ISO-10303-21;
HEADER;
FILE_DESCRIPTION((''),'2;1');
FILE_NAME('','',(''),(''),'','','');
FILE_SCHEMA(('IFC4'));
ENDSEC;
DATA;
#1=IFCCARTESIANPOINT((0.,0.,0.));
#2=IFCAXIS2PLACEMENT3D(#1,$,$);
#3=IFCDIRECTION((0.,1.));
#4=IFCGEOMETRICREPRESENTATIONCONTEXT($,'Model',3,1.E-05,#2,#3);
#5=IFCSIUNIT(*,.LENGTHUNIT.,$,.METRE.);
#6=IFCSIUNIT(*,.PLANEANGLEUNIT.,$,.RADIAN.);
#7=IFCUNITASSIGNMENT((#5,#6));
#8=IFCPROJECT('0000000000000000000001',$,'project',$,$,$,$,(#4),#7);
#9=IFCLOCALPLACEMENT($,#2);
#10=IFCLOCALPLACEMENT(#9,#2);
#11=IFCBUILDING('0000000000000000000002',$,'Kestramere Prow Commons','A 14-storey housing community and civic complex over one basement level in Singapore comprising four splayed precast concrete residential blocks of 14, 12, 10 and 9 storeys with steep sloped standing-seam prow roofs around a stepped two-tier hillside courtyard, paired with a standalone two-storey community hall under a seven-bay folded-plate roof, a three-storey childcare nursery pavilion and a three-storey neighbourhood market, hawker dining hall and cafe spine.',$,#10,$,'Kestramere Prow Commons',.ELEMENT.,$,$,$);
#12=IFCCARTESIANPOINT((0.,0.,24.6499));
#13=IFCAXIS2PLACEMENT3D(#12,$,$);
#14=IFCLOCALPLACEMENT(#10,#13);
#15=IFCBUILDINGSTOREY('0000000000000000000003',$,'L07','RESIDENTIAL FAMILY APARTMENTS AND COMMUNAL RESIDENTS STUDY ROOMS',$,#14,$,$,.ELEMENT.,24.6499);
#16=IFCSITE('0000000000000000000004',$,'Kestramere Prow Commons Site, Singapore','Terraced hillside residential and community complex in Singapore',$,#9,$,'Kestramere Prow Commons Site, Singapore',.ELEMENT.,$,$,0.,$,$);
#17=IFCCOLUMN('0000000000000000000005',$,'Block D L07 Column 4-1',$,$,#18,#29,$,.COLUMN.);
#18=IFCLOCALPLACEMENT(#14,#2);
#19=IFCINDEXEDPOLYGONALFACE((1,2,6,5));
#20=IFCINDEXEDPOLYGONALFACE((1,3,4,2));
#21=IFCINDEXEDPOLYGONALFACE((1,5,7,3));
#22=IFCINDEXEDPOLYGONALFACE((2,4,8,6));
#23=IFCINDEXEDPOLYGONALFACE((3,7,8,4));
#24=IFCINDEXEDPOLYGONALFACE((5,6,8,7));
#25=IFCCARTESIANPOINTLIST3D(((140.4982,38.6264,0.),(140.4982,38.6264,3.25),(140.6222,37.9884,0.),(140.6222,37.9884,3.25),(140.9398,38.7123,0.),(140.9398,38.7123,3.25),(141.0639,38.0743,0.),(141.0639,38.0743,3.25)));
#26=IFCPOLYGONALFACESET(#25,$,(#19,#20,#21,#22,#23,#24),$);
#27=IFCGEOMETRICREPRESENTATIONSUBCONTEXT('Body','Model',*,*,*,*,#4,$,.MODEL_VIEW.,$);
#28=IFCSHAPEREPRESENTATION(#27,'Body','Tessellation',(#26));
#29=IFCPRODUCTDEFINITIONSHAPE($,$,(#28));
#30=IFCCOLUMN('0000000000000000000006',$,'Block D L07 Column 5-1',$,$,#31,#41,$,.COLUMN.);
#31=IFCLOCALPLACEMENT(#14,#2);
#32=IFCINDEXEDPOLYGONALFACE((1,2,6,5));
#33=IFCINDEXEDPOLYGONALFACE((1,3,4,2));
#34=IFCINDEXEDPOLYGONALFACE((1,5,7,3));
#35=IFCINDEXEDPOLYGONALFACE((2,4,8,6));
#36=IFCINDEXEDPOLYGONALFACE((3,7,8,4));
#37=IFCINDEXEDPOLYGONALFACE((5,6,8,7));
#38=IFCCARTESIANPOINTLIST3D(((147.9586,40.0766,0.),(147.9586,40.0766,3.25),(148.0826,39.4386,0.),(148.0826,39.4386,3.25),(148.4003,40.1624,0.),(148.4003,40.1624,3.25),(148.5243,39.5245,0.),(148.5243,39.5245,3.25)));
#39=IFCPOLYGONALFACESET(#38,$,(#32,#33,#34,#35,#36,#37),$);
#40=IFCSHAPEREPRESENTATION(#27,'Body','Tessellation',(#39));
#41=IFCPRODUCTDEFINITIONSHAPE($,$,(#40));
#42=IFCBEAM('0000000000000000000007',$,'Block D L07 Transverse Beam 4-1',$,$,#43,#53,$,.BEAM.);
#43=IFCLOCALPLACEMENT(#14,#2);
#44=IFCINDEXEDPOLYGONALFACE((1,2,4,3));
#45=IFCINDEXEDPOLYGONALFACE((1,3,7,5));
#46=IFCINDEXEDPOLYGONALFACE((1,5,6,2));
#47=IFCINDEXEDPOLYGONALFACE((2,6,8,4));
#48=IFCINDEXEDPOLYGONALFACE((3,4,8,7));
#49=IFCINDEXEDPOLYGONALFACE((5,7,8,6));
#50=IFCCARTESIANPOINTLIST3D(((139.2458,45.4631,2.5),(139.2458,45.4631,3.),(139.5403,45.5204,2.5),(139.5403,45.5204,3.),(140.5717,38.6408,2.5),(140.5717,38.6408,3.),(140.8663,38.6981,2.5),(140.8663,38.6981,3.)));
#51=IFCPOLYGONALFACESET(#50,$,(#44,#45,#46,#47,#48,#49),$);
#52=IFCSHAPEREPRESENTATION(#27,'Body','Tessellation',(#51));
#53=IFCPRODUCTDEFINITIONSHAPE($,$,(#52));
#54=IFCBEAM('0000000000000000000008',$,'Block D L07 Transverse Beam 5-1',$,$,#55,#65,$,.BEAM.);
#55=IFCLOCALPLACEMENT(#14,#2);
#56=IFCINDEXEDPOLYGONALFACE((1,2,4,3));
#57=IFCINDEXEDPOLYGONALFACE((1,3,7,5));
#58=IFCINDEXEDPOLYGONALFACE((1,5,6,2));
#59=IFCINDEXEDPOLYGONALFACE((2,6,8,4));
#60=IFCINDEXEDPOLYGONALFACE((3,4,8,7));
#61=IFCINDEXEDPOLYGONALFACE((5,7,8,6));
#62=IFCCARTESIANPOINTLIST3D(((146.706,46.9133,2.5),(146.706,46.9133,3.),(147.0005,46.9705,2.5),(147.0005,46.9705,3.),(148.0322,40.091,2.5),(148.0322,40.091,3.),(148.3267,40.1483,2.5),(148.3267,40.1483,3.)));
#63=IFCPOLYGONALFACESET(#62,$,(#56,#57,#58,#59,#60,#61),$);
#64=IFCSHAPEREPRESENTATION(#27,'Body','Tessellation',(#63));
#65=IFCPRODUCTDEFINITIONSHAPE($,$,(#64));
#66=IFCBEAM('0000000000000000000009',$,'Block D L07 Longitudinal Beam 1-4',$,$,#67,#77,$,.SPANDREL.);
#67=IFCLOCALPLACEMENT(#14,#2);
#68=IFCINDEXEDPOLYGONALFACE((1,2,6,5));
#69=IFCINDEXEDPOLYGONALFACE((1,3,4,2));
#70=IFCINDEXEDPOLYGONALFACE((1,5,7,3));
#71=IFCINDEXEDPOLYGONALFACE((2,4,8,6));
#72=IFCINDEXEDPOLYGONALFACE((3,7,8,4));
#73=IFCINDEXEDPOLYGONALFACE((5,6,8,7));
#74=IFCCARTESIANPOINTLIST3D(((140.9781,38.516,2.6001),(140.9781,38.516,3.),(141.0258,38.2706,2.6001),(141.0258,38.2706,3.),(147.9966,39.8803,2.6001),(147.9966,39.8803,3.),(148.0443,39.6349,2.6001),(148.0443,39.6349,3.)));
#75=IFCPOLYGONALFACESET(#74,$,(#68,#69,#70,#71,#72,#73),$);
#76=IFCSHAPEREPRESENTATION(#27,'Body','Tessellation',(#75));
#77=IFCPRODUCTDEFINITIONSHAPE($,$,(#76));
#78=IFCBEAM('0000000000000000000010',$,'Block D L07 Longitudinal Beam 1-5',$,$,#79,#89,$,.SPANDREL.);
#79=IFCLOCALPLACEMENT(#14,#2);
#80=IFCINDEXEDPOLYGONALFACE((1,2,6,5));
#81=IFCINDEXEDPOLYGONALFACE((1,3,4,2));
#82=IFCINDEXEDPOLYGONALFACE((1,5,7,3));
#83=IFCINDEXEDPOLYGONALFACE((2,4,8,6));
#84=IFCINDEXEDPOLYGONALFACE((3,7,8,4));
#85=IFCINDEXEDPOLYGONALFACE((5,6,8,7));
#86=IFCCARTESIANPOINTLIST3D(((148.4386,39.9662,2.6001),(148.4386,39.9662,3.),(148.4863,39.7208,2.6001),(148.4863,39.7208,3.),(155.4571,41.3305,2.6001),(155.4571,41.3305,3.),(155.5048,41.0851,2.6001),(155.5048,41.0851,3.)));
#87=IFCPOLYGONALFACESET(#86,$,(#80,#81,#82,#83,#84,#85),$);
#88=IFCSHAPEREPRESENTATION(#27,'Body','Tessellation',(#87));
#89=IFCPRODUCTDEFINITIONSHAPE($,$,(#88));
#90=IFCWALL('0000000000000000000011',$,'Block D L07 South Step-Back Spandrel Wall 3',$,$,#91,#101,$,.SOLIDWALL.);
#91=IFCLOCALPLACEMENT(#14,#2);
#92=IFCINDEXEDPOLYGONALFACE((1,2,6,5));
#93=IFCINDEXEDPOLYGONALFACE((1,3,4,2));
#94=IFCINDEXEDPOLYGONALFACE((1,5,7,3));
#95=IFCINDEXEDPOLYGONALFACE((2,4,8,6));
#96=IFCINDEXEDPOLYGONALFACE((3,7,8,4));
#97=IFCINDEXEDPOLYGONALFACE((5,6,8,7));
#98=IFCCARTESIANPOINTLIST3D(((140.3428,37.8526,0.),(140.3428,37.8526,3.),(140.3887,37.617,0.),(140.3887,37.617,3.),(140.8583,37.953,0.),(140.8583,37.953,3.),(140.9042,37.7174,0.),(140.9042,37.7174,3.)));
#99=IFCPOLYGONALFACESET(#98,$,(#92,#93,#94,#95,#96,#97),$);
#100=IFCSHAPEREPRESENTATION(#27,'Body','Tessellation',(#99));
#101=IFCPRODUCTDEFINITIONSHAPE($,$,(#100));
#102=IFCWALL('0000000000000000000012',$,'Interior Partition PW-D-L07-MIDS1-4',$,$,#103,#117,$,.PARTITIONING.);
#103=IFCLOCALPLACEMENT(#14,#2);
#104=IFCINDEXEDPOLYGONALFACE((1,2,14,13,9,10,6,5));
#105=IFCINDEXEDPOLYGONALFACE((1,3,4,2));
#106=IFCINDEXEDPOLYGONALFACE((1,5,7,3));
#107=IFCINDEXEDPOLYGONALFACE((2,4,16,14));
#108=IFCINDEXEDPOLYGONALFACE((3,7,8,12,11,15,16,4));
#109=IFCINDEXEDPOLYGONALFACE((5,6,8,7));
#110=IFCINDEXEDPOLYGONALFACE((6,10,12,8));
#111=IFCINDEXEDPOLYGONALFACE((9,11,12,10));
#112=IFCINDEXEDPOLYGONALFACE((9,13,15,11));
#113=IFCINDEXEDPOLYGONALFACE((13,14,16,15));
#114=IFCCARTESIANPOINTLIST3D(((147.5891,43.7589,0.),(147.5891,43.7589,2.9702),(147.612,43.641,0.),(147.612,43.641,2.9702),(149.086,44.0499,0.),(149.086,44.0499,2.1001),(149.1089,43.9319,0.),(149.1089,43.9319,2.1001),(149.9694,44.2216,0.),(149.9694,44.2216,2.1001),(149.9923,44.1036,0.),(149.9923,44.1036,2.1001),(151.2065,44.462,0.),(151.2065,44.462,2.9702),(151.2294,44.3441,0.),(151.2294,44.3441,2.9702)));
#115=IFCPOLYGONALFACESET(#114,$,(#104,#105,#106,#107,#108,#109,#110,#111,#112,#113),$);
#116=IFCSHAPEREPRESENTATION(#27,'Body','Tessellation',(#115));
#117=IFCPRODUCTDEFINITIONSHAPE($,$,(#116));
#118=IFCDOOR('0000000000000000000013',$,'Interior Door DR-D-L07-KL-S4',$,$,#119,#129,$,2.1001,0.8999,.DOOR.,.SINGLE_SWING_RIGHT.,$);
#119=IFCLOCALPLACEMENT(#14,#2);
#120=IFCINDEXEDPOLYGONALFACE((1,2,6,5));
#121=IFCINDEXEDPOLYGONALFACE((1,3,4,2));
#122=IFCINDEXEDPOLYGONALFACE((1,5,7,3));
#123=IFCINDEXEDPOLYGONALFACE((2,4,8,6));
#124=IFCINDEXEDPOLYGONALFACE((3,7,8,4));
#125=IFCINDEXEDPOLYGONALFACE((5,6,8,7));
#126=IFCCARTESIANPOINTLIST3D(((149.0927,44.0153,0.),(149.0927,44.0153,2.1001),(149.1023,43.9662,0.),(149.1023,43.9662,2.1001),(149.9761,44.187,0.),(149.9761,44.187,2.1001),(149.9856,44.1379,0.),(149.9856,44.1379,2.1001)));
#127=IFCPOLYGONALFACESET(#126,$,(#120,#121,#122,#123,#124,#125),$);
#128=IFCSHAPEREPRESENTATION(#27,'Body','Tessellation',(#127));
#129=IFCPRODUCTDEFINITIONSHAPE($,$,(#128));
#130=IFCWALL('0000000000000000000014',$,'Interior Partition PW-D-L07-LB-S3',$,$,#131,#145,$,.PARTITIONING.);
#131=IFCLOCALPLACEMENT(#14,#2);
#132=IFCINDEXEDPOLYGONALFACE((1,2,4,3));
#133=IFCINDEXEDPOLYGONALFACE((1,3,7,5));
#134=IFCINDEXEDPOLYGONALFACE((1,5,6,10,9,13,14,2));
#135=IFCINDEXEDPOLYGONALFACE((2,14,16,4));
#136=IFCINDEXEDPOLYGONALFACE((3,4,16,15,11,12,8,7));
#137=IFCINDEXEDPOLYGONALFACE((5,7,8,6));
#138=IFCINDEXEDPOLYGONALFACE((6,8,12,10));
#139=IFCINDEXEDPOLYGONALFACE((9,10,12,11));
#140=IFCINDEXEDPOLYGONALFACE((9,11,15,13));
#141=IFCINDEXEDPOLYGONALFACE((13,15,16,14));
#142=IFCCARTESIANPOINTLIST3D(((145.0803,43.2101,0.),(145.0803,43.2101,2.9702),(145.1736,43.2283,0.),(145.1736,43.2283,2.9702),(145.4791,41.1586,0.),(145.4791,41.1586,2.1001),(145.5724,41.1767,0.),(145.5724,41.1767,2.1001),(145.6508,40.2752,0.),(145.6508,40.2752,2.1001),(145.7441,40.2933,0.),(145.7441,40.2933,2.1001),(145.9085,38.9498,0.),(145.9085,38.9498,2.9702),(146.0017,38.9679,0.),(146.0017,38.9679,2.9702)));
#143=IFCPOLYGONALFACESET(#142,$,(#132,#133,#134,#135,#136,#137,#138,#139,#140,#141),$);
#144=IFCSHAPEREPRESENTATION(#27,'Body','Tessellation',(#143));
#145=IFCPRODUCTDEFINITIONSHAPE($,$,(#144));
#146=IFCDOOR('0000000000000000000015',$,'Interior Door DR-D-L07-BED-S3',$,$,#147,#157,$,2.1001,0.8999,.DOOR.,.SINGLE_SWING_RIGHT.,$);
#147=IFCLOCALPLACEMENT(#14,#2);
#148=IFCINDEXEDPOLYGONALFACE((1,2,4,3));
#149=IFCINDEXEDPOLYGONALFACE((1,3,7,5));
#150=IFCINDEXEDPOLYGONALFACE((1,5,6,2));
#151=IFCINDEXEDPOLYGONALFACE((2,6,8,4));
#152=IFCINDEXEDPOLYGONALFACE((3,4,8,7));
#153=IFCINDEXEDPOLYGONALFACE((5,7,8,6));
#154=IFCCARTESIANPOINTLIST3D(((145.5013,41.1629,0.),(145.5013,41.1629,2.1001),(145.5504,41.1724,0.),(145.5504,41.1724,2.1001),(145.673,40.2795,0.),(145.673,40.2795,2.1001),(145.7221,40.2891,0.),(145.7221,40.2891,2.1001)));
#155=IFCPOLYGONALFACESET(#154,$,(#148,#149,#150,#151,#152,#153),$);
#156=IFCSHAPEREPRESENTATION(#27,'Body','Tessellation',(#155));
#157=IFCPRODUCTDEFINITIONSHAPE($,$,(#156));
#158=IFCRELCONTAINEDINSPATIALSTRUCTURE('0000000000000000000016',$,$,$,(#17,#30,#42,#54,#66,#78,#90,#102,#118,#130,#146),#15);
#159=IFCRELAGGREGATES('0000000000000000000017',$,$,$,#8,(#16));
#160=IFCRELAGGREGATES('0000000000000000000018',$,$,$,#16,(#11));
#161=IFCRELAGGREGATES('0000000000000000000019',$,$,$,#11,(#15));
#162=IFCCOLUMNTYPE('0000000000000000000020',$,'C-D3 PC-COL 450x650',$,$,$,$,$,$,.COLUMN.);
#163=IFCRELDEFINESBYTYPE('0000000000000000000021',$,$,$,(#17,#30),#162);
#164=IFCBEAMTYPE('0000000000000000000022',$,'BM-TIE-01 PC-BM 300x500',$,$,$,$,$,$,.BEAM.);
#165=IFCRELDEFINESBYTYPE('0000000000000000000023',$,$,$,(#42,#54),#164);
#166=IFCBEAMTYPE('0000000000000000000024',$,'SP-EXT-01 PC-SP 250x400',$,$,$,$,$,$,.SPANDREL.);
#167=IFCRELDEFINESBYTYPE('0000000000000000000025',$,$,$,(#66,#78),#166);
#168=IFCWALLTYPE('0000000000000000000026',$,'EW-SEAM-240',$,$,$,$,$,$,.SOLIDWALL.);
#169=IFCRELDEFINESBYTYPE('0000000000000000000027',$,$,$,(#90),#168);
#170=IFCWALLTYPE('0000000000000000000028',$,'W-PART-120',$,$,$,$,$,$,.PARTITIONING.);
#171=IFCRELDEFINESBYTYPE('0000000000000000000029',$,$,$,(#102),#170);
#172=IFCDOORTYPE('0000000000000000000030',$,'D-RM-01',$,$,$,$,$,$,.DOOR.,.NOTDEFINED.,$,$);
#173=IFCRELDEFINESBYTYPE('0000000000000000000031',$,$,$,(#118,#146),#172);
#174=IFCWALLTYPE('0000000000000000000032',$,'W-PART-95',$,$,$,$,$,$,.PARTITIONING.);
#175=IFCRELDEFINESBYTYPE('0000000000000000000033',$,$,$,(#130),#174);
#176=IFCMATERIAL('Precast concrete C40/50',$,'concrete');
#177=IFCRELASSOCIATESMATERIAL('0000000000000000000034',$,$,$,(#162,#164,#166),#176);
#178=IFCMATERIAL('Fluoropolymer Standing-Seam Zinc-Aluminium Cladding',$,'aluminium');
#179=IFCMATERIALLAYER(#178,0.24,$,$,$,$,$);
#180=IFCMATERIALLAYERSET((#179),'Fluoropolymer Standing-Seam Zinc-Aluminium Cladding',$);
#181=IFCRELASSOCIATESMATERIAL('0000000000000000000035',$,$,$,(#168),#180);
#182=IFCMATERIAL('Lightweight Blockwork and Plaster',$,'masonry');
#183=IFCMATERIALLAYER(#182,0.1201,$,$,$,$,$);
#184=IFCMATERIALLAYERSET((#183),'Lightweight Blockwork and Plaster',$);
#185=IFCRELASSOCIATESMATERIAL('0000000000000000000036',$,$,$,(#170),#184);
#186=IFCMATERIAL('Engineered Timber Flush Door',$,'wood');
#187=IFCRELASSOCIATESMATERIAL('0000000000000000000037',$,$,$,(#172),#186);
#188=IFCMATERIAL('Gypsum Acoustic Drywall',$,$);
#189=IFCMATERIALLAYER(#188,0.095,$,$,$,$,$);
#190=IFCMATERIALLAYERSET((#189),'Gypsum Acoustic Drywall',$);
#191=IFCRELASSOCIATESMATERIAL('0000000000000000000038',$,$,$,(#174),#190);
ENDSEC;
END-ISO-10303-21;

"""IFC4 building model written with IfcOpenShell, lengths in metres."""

from ifc_helpers import new_model, si_unit, direction, frame, frame_2d, origin, origin_2d, place, context, subcontext, project, spatial, rectangle, extrude, material, layer, layer_set, material_profile, profile_set, type_object, element, fill, save


model = new_model("IFC4")

# Units and contexts
model_context = context("Model", 3, precision=1e-05, world=origin(), true_north=direction((0.0, 1.0)))
body_context = subcontext(model_context, "Body", "Model", "MODEL_VIEW")
ifc_project = project(units=[si_unit("LENGTHUNIT", "METRE"), si_unit("PLANEANGLEUNIT", "RADIAN")], contexts=[model_context])

# Site, building, storey
site_placement = place(None, origin())
site = spatial("IfcSite", under=ifc_project, at=site_placement, Name="Kestramere Prow Commons Site, Singapore", Description="Terraced hillside residential and community complex in Singapore", LongName="Kestramere Prow Commons Site, Singapore", CompositionType="ELEMENT", RefElevation=0.0)
building_placement = place(site_placement, origin())
building = spatial("IfcBuilding", under=site, at=building_placement, Name="Kestramere Prow Commons", Description="A 14-storey housing community and civic complex over one basement level in Singapore comprising four splayed precast concrete residential blocks of 14, 12, 10 and 9 storeys with steep sloped standing-seam prow roofs around a stepped two-tier hillside courtyard, paired with a standalone two-storey community hall under a seven-bay folded-plate roof, a three-storey childcare nursery pavilion and a three-storey neighbourhood market, hawker dining hall and cafe spine.", LongName="Kestramere Prow Commons", CompositionType="ELEMENT")
storey_placement = place(building_placement, frame((0.0, 0.0, 24.6499)))
storey = spatial("IfcBuildingStorey", under=building, at=storey_placement, Name="L07", Description="RESIDENTIAL FAMILY APARTMENTS AND COMMUNAL RESIDENTS STUDY ROOMS", CompositionType="ELEMENT", Elevation=24.6499)

# Columns
ifc_material_1 = material(Name="Precast concrete C40/50", Category="concrete")
ifc_material_profile_1 = material_profile(ifc_material_1, rectangle(XDim=0.45, YDim=0.6499, at=origin_2d()), Name="PC-COL 450x650")
ifc_profile_set_1 = profile_set([ifc_material_profile_1], Name="Precast concrete C40/50")
column_type = type_object("IfcColumnType", Name="C-D3 PC-COL 450x650", PredefinedType="COLUMN", material=ifc_profile_set_1)
for number, where, z_axis, x_axis, name in (
    (1, (140.781, 38.3503, 0.0), (0.0, 0.0, 1.0), (0.981627, 0.190809, 0.0), "Block D L07 Column 4-1"),
    (2, (148.2415, 39.8005, 0.0), (0.0, 0.0, 1.0), (0.981627, 0.190809, 0.0), "Block D L07 Column 5-1"),
):
    element("IfcColumn", number, at=place(storey_placement, frame(where, z_axis=z_axis, x_axis=x_axis)), inside=storey, type_object=column_type, Name=name, PredefinedType="COLUMN", context=body_context, shape_type="SweptSolid", body=[
        extrude(rectangle(XDim=0.45, YDim=0.6499, at=origin_2d()), origin(), (0.0, 0.0, 1.0), 3.25),
    ])

# Beams
ifc_material_profile_2 = material_profile(ifc_material_1, rectangle(XDim=0.3, YDim=0.5, at=origin_2d()), Name="PC-BM 300x500")
ifc_profile_set_2 = profile_set([ifc_material_profile_2], Name="Precast concrete C40/50")
beam_type_1 = type_object("IfcBeamType", Name="BM-TIE-01 PC-BM 300x500", PredefinedType="BEAM", material=ifc_profile_set_2)
for number, where, z_axis, x_axis, name in (
    (3, (140.719, 38.6694, 2.75), (-0.190783, 0.981632, 0.0), (-0.981632, -0.190783, 0.0), "Block D L07 Transverse Beam 4-1"),
    (4, (148.1794, 40.1196, 2.75), (-0.190817, 0.981626, 0.0), (-0.981626, -0.190817, 0.0), "Block D L07 Transverse Beam 5-1"),
):
    element("IfcBeam", number, at=place(storey_placement, frame(where, z_axis=z_axis, x_axis=x_axis)), inside=storey, type_object=beam_type_1, Name=name, PredefinedType="BEAM", context=body_context, shape_type="SweptSolid", body=[
        extrude(rectangle(XDim=0.3, YDim=0.5, at=origin_2d()), origin(), (0.0, 0.0, 1.0), 6.95),
    ])
ifc_material_profile_3 = material_profile(ifc_material_1, rectangle(XDim=0.25, YDim=0.3999, at=origin_2d()), Name="PC-SP 250x400")
ifc_profile_set_3 = profile_set([ifc_material_profile_3], Name="Precast concrete C40/50")
beam_type_2 = type_object("IfcBeamType", Name="SP-EXT-01 PC-SP 250x400", PredefinedType="SPANDREL", material=ifc_profile_set_3)
for number, where, z_axis, x_axis, name in (
    (5, (141.002, 38.3933, 2.8), (0.981627, 0.190808, 0.0), (-0.190808, 0.981627, 0.0), "Block D L07 Longitudinal Beam 1-4"),
    (6, (148.4624, 39.8435, 2.8), (0.981627, 0.190808, 0.0), (-0.190808, 0.981627, 0.0), "Block D L07 Longitudinal Beam 1-5"),
):
    element("IfcBeam", number, at=place(storey_placement, frame(where, z_axis=z_axis, x_axis=x_axis)), inside=storey, type_object=beam_type_2, Name=name, PredefinedType="SPANDREL", context=body_context, shape_type="SweptSolid", body=[
        extrude(rectangle(XDim=0.25, YDim=0.3999, at=origin_2d()), origin(), (0.0, 0.0, 1.0), 7.1499),
    ])

# Wall
ifc_material_2 = material(Name="Fluoropolymer Standing-Seam Zinc-Aluminium Cladding", Category="aluminium")
ifc_layer_1 = layer(ifc_material_2, 0.24)
ifc_layer_set_1 = layer_set([ifc_layer_1], Name="Fluoropolymer Standing-Seam Zinc-Aluminium Cladding")
wall_type_1 = type_object("IfcWallType", Name="EW-SEAM-240", PredefinedType="SOLIDWALL", material=ifc_layer_set_1)
wall_1_placement = place(storey_placement, frame((140.8813, 37.8352, 0.0), z_axis=(0.0, 0.0, 1.0), x_axis=(-0.981569, -0.191106, 0.0)))
element("IfcWall", 7, at=wall_1_placement, inside=storey, type_object=wall_type_1, Name="Block D L07 South Step-Back Spandrel Wall 3", PredefinedType="SOLIDWALL", context=body_context, shape_type="SweptSolid", body=[
    extrude(rectangle(XDim=0.5251, YDim=0.24, at=frame_2d((0.2627, 0.0))), origin(), (0.0, 0.0, 1.0), 3.0),
])

# Walls, openings, doors
ifc_material_3 = material(Name="Lightweight Blockwork and Plaster", Category="masonry")
ifc_layer_2 = layer(ifc_material_3, 0.1201)
ifc_layer_set_2 = layer_set([ifc_layer_2], Name="Lightweight Blockwork and Plaster")
wall_type_2 = type_object("IfcWallType", Name="W-PART-120", PredefinedType="PARTITIONING", material=ifc_layer_set_2)
wall_2_placement = place(storey_placement, frame((147.6006, 43.7, 0.0), z_axis=(0.0, 0.0, 1.0), x_axis=(0.981629, 0.190801, 0.0)))
wall_2 = element("IfcWall", 8, at=wall_2_placement, inside=storey, type_object=wall_type_2, Name="Interior Partition PW-D-L07-MIDS1-4", PredefinedType="PARTITIONING", context=body_context, shape_type="SweptSolid", body=[
    extrude(rectangle(XDim=3.6851, YDim=0.1201, at=frame_2d((1.8425, 0.0))), origin(), (0.0, 0.0, 1.0), 2.9702),
])
opening_1_placement = place(wall_2_placement, frame((1.5249, 0.0, 0.0)))
opening_1 = element("IfcOpeningElement", 9, at=opening_1_placement, cuts=wall_2, PredefinedType="OPENING", context=body_context, shape_type="SweptSolid", body=[
    extrude(rectangle(XDim=0.8999, YDim=2.1001, at=frame_2d((0.45, 1.05))), frame((0.0, 0.075, 0.0), z_axis=(0.0, -1.0, 0.0), x_axis=(1.0, 0.0, 0.0)), (0.0, 0.0, 1.0), 0.1501),
])
ifc_material_4 = material(Name="Engineered Timber Flush Door", Category="wood")
door_type_1 = type_object("IfcDoorType", Name="D-RM-01", OperationType="NOTDEFINED", PredefinedType="DOOR", material=ifc_material_4)
door_1_placement = place(opening_1_placement, origin())
door_1 = element("IfcDoor", 10, at=door_1_placement, inside=storey, type_object=door_type_1, Name="Interior Door DR-D-L07-KL-S4", OperationType="SINGLE_SWING_RIGHT", OverallHeight=2.1001, OverallWidth=0.8999, PredefinedType="DOOR", context=body_context, shape_type="SweptSolid", body=[
    extrude(rectangle(XDim=0.8999, YDim=2.1001, at=frame_2d((0.45, 1.05))), frame((0.0, 0.0249, 0.0), z_axis=(0.0, -1.0, 0.0), x_axis=(1.0, 0.0, 0.0)), (0.0, 0.0, 1.0), 0.05),
])
fill(opening_1, door_1)
ifc_material_5 = material(Name="Gypsum Acoustic Drywall")
ifc_layer_3 = layer(ifc_material_5, 0.095)
ifc_layer_set_3 = layer_set([ifc_layer_3], Name="Gypsum Acoustic Drywall")
wall_type_3 = type_object("IfcWallType", Name="W-PART-95", PredefinedType="PARTITIONING", material=ifc_layer_set_3)
wall_3_placement = place(storey_placement, frame((145.9551, 38.959, 0.0), z_axis=(0.0, 0.0, 1.0), x_axis=(-0.190812, 0.981627, 0.0)))
wall_3 = element("IfcWall", 11, at=wall_3_placement, inside=storey, type_object=wall_type_3, Name="Interior Partition PW-D-L07-LB-S3", PredefinedType="PARTITIONING", context=body_context, shape_type="SweptSolid", body=[
    extrude(rectangle(XDim=4.3401, YDim=0.095, at=frame_2d((2.1699, 0.0))), origin(), (0.0, 0.0, 1.0), 2.9702),
])
opening_2_placement = place(wall_3_placement, frame((1.3501, 0.0, 0.0)))
opening_2 = element("IfcOpeningElement", 12, at=opening_2_placement, cuts=wall_3, PredefinedType="OPENING", context=body_context, shape_type="SweptSolid", body=[
    extrude(rectangle(XDim=0.8999, YDim=2.1001, at=frame_2d((0.45, 1.05))), frame((0.0, 0.0625, 0.0), z_axis=(0.0, -1.0, 0.0), x_axis=(1.0, 0.0, 0.0)), (0.0, 0.0, 1.0), 0.125),
])
door_2_placement = place(opening_2_placement, origin())
door_2 = element("IfcDoor", 13, at=door_2_placement, inside=storey, type_object=door_type_1, Name="Interior Door DR-D-L07-BED-S3", OperationType="SINGLE_SWING_RIGHT", OverallHeight=2.1001, OverallWidth=0.8999, PredefinedType="DOOR", context=body_context, shape_type="SweptSolid", body=[
    extrude(rectangle(XDim=0.8999, YDim=2.1001, at=frame_2d((0.45, 1.05))), frame((0.0, 0.0249, 0.0), z_axis=(0.0, -1.0, 0.0), x_axis=(1.0, 0.0, 0.0)), (0.0, 0.0, 1.0), 0.05),
])
fill(opening_2, door_2)

save(model, "model.ifc")
